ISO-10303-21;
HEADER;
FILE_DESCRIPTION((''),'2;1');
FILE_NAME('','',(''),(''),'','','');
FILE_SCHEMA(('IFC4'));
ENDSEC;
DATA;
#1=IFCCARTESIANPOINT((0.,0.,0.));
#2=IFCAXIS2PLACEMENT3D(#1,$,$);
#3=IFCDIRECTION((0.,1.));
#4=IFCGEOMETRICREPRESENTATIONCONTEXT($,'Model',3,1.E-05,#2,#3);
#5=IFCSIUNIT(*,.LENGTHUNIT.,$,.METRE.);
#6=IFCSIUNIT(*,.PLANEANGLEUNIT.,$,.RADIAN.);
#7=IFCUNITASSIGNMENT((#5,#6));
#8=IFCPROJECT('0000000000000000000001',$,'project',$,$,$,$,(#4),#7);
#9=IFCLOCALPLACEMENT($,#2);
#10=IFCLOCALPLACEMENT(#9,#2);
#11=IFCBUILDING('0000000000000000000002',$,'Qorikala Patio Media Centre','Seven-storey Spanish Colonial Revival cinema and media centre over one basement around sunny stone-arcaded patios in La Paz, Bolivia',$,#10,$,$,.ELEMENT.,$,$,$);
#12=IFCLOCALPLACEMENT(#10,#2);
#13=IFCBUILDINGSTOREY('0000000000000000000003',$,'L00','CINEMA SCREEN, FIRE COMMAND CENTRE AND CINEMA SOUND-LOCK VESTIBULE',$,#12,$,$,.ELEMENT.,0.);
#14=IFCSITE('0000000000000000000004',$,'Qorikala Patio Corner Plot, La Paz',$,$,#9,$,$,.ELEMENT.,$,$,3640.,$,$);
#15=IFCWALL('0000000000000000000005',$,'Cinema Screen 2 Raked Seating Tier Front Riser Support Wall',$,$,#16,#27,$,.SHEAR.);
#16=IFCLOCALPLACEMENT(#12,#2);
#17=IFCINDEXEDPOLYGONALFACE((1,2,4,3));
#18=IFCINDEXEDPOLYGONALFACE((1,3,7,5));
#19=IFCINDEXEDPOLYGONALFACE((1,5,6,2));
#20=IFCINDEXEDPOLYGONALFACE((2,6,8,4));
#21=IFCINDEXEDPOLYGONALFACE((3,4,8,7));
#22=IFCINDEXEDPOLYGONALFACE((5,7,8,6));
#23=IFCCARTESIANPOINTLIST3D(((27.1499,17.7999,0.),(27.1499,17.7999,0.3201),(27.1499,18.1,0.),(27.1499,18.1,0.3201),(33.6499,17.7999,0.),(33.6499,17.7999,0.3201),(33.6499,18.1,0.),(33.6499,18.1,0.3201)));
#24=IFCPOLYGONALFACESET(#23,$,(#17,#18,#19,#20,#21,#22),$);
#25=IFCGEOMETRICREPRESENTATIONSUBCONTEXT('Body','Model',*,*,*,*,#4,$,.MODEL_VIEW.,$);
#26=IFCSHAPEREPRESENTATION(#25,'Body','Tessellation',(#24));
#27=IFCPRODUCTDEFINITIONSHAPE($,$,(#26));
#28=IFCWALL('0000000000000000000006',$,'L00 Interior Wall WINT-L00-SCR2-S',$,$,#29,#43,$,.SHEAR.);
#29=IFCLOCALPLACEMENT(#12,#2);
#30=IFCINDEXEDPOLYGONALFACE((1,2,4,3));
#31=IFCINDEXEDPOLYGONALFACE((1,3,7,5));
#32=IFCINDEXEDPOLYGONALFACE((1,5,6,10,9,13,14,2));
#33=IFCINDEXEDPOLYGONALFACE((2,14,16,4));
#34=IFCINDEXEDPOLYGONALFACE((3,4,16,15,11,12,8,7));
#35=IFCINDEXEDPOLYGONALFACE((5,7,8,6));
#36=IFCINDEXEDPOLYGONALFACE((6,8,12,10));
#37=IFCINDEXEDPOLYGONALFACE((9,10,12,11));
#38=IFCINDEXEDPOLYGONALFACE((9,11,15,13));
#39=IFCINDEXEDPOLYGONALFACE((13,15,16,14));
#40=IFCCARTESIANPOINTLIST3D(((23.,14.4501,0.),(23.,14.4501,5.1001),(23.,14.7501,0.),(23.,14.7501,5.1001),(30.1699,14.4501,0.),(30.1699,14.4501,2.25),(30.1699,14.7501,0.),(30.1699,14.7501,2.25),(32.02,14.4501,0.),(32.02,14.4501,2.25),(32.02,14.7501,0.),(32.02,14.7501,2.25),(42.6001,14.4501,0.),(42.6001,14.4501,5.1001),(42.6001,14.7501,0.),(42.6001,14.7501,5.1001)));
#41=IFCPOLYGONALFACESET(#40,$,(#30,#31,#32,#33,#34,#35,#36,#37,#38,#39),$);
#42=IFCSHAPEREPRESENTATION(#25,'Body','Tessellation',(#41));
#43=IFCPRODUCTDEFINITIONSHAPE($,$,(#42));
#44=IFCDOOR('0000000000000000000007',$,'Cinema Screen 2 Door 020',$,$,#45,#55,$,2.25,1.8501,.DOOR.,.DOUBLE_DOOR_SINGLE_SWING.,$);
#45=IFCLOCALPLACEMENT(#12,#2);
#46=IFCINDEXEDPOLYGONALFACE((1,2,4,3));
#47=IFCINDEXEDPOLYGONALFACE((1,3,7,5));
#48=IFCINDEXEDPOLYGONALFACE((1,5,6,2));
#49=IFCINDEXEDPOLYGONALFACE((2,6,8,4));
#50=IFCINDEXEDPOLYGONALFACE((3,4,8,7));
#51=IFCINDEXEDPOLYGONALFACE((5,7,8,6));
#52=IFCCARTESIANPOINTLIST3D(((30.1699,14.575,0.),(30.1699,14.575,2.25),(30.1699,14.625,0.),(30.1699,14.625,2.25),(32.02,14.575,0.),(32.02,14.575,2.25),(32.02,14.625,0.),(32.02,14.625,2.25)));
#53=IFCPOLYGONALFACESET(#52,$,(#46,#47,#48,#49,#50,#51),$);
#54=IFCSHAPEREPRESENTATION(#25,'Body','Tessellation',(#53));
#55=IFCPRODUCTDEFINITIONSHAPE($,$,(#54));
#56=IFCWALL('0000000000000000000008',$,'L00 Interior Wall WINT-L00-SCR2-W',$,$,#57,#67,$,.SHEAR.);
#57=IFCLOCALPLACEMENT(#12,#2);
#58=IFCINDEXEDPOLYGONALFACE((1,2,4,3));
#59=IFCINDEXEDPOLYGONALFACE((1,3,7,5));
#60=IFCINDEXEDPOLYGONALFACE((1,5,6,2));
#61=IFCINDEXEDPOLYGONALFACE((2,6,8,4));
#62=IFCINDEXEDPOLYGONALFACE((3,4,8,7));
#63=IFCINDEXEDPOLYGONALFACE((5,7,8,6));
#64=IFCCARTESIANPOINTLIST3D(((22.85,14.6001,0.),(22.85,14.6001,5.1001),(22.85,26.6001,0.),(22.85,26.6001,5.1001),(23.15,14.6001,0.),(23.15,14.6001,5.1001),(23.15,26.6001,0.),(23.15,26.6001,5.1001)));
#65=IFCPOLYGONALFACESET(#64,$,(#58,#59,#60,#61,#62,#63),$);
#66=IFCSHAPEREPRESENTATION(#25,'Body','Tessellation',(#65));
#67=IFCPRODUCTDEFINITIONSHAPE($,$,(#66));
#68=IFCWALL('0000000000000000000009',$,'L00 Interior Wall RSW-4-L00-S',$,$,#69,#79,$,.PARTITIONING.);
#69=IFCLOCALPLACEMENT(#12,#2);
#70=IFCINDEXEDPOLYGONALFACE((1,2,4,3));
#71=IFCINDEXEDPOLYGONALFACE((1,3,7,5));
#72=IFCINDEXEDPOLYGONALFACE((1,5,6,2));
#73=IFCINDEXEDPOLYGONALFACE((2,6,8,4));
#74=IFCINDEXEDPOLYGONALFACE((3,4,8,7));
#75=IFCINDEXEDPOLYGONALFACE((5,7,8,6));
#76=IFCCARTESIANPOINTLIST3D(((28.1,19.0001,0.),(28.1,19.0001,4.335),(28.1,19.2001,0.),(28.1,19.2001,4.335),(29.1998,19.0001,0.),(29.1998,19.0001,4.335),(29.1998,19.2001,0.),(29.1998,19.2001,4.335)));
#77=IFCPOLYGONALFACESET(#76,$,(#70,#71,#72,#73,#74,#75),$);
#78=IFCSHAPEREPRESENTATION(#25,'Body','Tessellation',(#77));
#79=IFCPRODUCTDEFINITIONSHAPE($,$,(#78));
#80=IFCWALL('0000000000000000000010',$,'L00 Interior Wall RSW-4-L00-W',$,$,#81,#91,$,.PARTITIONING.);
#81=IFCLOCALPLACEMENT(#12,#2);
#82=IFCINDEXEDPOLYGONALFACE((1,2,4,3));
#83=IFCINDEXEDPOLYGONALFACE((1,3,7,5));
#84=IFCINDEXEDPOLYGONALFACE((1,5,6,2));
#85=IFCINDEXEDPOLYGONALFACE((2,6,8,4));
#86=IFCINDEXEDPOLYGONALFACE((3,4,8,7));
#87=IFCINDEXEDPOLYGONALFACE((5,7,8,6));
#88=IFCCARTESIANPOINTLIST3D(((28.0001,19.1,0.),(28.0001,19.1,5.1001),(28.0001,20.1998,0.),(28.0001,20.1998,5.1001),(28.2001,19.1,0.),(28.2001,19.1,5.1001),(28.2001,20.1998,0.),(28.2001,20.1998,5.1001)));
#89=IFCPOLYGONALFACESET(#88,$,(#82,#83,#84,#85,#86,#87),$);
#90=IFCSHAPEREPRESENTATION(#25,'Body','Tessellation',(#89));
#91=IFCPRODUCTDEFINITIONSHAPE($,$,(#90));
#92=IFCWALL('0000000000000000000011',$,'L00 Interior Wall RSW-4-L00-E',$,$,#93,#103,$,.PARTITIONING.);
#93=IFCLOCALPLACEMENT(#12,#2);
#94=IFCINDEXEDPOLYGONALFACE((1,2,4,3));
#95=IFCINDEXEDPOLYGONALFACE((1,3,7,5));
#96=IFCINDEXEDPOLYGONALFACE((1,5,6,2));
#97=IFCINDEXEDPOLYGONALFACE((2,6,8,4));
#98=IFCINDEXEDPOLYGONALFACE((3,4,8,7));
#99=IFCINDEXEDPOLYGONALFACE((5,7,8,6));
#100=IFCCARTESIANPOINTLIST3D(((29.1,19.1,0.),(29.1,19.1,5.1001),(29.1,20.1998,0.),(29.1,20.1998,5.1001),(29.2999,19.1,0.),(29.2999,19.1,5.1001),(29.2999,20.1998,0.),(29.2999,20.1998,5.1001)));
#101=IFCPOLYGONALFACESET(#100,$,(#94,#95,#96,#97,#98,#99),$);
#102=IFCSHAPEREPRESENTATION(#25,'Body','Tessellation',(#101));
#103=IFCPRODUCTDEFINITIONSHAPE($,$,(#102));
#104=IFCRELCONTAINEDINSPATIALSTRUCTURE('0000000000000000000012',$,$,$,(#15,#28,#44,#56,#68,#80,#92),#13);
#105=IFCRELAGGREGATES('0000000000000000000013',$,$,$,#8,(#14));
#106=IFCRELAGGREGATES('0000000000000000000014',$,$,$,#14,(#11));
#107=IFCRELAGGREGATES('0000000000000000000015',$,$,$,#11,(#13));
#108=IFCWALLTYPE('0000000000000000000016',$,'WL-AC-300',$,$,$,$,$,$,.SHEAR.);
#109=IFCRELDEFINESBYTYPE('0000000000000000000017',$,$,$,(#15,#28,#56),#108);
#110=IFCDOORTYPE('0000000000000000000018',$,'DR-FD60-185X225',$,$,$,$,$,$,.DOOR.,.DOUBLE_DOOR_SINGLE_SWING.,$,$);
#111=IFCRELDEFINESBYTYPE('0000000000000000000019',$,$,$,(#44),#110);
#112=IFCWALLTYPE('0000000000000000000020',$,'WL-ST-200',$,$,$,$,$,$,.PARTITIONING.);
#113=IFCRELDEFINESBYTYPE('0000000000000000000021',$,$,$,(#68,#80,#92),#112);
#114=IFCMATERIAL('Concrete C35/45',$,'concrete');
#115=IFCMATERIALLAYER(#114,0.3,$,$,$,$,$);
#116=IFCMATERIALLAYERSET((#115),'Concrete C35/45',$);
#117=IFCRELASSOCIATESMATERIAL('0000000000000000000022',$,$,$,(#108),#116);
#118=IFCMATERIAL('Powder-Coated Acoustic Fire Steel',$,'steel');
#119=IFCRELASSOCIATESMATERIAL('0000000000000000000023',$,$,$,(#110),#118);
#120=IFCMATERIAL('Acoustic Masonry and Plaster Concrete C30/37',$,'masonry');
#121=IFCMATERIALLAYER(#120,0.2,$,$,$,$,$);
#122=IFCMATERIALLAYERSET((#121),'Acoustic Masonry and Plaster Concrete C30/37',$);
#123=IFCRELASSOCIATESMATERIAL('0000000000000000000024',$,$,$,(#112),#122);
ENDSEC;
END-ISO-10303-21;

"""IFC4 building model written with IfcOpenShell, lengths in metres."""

from ifc_helpers import new_model, si_unit, direction, frame, frame_2d, origin, place, context, subcontext, project, spatial, rectangle, extrude, material, layer, layer_set, type_object, element, fill, save


model = new_model("IFC4")

# Units and contexts
model_context = context("Model", 3, precision=1e-05, world=origin(), true_north=direction((0.0, 1.0)))
body_context = subcontext(model_context, "Body", "Model", "MODEL_VIEW")
ifc_project = project(units=[si_unit("LENGTHUNIT", "METRE"), si_unit("PLANEANGLEUNIT", "RADIAN")], contexts=[model_context])

# Site, building, storey
site_placement = place(None, origin())
site = spatial("IfcSite", under=ifc_project, at=site_placement, Name="Qorikala Patio Corner Plot, La Paz", CompositionType="ELEMENT", RefElevation=3640.0)
building_placement = place(site_placement, origin())
building = spatial("IfcBuilding", under=site, at=building_placement, Name="Qorikala Patio Media Centre", Description="Seven-storey Spanish Colonial Revival cinema and media centre over one basement around sunny stone-arcaded patios in La Paz, Bolivia", CompositionType="ELEMENT")
storey_placement = place(building_placement, origin())
storey = spatial("IfcBuildingStorey", under=building, at=storey_placement, Name="L00", Description="CINEMA SCREEN, FIRE COMMAND CENTRE AND CINEMA SOUND-LOCK VESTIBULE", CompositionType="ELEMENT", Elevation=0.0)

# Shared definitions
ifc_material_1 = material(Name="Concrete C35/45", Category="concrete")

# Wall
ifc_layer_1 = layer(ifc_material_1, 0.3)
ifc_layer_set_1 = layer_set([ifc_layer_1], Name="Concrete C35/45")
wall_type_1 = type_object("IfcWallType", Name="WL-AC-300", PredefinedType="SHEAR", material=ifc_layer_set_1)
wall_1_placement = place(storey_placement, frame((27.1499, 17.95, 0.0), z_axis=(0.0, 0.0, 1.0), x_axis=(1.0, 0.0, 0.0)))
element("IfcWall", 1, at=wall_1_placement, inside=storey, type_object=wall_type_1, Name="Cinema Screen 2 Raked Seating Tier Front Riser Support Wall", PredefinedType="SHEAR", context=body_context, shape_type="SweptSolid", body=[
    extrude(rectangle(XDim=6.5, YDim=0.3, at=frame_2d((3.25, 0.0))), origin(), (0.0, 0.0, 1.0), 0.3201),
])

# Wall, opening, door
wall_2_placement = place(storey_placement, frame((23.0, 14.6001, 0.0), z_axis=(0.0, 0.0, 1.0), x_axis=(1.0, 0.0, 0.0)))
wall_2 = element("IfcWall", 2, at=wall_2_placement, inside=storey, type_object=wall_type_1, Name="L00 Interior Wall WINT-L00-SCR2-S", PredefinedType="SHEAR", context=body_context, shape_type="SweptSolid", body=[
    extrude(rectangle(XDim=19.6001, YDim=0.3, at=frame_2d((9.8, 0.0))), origin(), (0.0, 0.0, 1.0), 5.1001),
])
opening_placement = place(wall_2_placement, frame((7.1699, 0.0, 0.0)))
opening = element("IfcOpeningElement", 3, at=opening_placement, cuts=wall_2, PredefinedType="OPENING", context=body_context, shape_type="SweptSolid", body=[
    extrude(rectangle(XDim=1.8501, YDim=2.25, at=frame_2d((0.925, 1.125))), frame((0.0, 0.1599, 0.0), z_axis=(0.0, -1.0, 0.0), x_axis=(1.0, 0.0, 0.0)), (0.0, 0.0, 1.0), 0.3201),
])
ifc_material_2 = material(Name="Powder-Coated Acoustic Fire Steel", Category="steel")
door_type = type_object("IfcDoorType", Name="DR-FD60-185X225", OperationType="DOUBLE_DOOR_SINGLE_SWING", PredefinedType="DOOR", material=ifc_material_2)
door_placement = place(opening_placement, origin())
door = element("IfcDoor", 4, at=door_placement, inside=storey, type_object=door_type, Name="Cinema Screen 2 Door 020", OperationType="DOUBLE_DOOR_SINGLE_SWING", OverallHeight=2.25, OverallWidth=1.8501, PredefinedType="DOOR", context=body_context, shape_type="SweptSolid", body=[
    extrude(rectangle(XDim=1.8501, YDim=2.25, at=frame_2d((0.925, 1.125))), frame((0.0, 0.0249, 0.0), z_axis=(0.0, -1.0, 0.0), x_axis=(1.0, 0.0, 0.0)), (0.0, 0.0, 1.0), 0.05),
])
fill(opening, door)

# Walls
wall_3_placement = place(storey_placement, frame((23.0, 14.6001, 0.0), z_axis=(0.0, 0.0, 1.0), x_axis=(0.0, 1.0, 0.0)))
element("IfcWall", 5, at=wall_3_placement, inside=storey, type_object=wall_type_1, Name="L00 Interior Wall WINT-L00-SCR2-W", PredefinedType="SHEAR", context=body_context, shape_type="SweptSolid", body=[
    extrude(rectangle(XDim=12.0, YDim=0.3, at=frame_2d((6.0, 0.0))), origin(), (0.0, 0.0, 1.0), 5.1001),
])
ifc_material_3 = material(Name="Acoustic Masonry and Plaster Concrete C30/37", Category="masonry")
ifc_layer_2 = layer(ifc_material_3, 0.2)
ifc_layer_set_2 = layer_set([ifc_layer_2], Name="Acoustic Masonry and Plaster Concrete C30/37")
wall_type_2 = type_object("IfcWallType", Name="WL-ST-200", PredefinedType="PARTITIONING", material=ifc_layer_set_2)
wall_4_placement = place(storey_placement, frame((28.1001, 19.1001, 0.0), z_axis=(0.0, 0.0, 1.0), x_axis=(1.0, 0.0, 0.0)))
element("IfcWall", 6, at=wall_4_placement, inside=storey, type_object=wall_type_2, Name="L00 Interior Wall RSW-4-L00-S", PredefinedType="PARTITIONING", context=body_context, shape_type="SweptSolid", body=[
    extrude(rectangle(XDim=1.0999, YDim=0.2, at=frame_2d((0.5498, 0.0))), origin(), (0.0, 0.0, 1.0), 4.335),
])
for number, where, z_axis, x_axis, name in (
    (7, (28.1001, 19.1001, 0.0), (0.0, 0.0, 1.0), (0.0, 1.0, 0.0), "L00 Interior Wall RSW-4-L00-W"),
    (8, (29.2, 19.1001, 0.0), (0.0, 0.0, 1.0), (0.0, 1.0, 0.0), "L00 Interior Wall RSW-4-L00-E"),
):
    element("IfcWall", number, at=place(storey_placement, frame(where, z_axis=z_axis, x_axis=x_axis)), inside=storey, type_object=wall_type_2, Name=name, PredefinedType="PARTITIONING", context=body_context, shape_type="SweptSolid", body=[
        extrude(rectangle(XDim=1.0999, YDim=0.2, at=frame_2d((0.5498, 0.0))), origin(), (0.0, 0.0, 1.0), 5.1001),
    ])

save(model, "model.ifc")
